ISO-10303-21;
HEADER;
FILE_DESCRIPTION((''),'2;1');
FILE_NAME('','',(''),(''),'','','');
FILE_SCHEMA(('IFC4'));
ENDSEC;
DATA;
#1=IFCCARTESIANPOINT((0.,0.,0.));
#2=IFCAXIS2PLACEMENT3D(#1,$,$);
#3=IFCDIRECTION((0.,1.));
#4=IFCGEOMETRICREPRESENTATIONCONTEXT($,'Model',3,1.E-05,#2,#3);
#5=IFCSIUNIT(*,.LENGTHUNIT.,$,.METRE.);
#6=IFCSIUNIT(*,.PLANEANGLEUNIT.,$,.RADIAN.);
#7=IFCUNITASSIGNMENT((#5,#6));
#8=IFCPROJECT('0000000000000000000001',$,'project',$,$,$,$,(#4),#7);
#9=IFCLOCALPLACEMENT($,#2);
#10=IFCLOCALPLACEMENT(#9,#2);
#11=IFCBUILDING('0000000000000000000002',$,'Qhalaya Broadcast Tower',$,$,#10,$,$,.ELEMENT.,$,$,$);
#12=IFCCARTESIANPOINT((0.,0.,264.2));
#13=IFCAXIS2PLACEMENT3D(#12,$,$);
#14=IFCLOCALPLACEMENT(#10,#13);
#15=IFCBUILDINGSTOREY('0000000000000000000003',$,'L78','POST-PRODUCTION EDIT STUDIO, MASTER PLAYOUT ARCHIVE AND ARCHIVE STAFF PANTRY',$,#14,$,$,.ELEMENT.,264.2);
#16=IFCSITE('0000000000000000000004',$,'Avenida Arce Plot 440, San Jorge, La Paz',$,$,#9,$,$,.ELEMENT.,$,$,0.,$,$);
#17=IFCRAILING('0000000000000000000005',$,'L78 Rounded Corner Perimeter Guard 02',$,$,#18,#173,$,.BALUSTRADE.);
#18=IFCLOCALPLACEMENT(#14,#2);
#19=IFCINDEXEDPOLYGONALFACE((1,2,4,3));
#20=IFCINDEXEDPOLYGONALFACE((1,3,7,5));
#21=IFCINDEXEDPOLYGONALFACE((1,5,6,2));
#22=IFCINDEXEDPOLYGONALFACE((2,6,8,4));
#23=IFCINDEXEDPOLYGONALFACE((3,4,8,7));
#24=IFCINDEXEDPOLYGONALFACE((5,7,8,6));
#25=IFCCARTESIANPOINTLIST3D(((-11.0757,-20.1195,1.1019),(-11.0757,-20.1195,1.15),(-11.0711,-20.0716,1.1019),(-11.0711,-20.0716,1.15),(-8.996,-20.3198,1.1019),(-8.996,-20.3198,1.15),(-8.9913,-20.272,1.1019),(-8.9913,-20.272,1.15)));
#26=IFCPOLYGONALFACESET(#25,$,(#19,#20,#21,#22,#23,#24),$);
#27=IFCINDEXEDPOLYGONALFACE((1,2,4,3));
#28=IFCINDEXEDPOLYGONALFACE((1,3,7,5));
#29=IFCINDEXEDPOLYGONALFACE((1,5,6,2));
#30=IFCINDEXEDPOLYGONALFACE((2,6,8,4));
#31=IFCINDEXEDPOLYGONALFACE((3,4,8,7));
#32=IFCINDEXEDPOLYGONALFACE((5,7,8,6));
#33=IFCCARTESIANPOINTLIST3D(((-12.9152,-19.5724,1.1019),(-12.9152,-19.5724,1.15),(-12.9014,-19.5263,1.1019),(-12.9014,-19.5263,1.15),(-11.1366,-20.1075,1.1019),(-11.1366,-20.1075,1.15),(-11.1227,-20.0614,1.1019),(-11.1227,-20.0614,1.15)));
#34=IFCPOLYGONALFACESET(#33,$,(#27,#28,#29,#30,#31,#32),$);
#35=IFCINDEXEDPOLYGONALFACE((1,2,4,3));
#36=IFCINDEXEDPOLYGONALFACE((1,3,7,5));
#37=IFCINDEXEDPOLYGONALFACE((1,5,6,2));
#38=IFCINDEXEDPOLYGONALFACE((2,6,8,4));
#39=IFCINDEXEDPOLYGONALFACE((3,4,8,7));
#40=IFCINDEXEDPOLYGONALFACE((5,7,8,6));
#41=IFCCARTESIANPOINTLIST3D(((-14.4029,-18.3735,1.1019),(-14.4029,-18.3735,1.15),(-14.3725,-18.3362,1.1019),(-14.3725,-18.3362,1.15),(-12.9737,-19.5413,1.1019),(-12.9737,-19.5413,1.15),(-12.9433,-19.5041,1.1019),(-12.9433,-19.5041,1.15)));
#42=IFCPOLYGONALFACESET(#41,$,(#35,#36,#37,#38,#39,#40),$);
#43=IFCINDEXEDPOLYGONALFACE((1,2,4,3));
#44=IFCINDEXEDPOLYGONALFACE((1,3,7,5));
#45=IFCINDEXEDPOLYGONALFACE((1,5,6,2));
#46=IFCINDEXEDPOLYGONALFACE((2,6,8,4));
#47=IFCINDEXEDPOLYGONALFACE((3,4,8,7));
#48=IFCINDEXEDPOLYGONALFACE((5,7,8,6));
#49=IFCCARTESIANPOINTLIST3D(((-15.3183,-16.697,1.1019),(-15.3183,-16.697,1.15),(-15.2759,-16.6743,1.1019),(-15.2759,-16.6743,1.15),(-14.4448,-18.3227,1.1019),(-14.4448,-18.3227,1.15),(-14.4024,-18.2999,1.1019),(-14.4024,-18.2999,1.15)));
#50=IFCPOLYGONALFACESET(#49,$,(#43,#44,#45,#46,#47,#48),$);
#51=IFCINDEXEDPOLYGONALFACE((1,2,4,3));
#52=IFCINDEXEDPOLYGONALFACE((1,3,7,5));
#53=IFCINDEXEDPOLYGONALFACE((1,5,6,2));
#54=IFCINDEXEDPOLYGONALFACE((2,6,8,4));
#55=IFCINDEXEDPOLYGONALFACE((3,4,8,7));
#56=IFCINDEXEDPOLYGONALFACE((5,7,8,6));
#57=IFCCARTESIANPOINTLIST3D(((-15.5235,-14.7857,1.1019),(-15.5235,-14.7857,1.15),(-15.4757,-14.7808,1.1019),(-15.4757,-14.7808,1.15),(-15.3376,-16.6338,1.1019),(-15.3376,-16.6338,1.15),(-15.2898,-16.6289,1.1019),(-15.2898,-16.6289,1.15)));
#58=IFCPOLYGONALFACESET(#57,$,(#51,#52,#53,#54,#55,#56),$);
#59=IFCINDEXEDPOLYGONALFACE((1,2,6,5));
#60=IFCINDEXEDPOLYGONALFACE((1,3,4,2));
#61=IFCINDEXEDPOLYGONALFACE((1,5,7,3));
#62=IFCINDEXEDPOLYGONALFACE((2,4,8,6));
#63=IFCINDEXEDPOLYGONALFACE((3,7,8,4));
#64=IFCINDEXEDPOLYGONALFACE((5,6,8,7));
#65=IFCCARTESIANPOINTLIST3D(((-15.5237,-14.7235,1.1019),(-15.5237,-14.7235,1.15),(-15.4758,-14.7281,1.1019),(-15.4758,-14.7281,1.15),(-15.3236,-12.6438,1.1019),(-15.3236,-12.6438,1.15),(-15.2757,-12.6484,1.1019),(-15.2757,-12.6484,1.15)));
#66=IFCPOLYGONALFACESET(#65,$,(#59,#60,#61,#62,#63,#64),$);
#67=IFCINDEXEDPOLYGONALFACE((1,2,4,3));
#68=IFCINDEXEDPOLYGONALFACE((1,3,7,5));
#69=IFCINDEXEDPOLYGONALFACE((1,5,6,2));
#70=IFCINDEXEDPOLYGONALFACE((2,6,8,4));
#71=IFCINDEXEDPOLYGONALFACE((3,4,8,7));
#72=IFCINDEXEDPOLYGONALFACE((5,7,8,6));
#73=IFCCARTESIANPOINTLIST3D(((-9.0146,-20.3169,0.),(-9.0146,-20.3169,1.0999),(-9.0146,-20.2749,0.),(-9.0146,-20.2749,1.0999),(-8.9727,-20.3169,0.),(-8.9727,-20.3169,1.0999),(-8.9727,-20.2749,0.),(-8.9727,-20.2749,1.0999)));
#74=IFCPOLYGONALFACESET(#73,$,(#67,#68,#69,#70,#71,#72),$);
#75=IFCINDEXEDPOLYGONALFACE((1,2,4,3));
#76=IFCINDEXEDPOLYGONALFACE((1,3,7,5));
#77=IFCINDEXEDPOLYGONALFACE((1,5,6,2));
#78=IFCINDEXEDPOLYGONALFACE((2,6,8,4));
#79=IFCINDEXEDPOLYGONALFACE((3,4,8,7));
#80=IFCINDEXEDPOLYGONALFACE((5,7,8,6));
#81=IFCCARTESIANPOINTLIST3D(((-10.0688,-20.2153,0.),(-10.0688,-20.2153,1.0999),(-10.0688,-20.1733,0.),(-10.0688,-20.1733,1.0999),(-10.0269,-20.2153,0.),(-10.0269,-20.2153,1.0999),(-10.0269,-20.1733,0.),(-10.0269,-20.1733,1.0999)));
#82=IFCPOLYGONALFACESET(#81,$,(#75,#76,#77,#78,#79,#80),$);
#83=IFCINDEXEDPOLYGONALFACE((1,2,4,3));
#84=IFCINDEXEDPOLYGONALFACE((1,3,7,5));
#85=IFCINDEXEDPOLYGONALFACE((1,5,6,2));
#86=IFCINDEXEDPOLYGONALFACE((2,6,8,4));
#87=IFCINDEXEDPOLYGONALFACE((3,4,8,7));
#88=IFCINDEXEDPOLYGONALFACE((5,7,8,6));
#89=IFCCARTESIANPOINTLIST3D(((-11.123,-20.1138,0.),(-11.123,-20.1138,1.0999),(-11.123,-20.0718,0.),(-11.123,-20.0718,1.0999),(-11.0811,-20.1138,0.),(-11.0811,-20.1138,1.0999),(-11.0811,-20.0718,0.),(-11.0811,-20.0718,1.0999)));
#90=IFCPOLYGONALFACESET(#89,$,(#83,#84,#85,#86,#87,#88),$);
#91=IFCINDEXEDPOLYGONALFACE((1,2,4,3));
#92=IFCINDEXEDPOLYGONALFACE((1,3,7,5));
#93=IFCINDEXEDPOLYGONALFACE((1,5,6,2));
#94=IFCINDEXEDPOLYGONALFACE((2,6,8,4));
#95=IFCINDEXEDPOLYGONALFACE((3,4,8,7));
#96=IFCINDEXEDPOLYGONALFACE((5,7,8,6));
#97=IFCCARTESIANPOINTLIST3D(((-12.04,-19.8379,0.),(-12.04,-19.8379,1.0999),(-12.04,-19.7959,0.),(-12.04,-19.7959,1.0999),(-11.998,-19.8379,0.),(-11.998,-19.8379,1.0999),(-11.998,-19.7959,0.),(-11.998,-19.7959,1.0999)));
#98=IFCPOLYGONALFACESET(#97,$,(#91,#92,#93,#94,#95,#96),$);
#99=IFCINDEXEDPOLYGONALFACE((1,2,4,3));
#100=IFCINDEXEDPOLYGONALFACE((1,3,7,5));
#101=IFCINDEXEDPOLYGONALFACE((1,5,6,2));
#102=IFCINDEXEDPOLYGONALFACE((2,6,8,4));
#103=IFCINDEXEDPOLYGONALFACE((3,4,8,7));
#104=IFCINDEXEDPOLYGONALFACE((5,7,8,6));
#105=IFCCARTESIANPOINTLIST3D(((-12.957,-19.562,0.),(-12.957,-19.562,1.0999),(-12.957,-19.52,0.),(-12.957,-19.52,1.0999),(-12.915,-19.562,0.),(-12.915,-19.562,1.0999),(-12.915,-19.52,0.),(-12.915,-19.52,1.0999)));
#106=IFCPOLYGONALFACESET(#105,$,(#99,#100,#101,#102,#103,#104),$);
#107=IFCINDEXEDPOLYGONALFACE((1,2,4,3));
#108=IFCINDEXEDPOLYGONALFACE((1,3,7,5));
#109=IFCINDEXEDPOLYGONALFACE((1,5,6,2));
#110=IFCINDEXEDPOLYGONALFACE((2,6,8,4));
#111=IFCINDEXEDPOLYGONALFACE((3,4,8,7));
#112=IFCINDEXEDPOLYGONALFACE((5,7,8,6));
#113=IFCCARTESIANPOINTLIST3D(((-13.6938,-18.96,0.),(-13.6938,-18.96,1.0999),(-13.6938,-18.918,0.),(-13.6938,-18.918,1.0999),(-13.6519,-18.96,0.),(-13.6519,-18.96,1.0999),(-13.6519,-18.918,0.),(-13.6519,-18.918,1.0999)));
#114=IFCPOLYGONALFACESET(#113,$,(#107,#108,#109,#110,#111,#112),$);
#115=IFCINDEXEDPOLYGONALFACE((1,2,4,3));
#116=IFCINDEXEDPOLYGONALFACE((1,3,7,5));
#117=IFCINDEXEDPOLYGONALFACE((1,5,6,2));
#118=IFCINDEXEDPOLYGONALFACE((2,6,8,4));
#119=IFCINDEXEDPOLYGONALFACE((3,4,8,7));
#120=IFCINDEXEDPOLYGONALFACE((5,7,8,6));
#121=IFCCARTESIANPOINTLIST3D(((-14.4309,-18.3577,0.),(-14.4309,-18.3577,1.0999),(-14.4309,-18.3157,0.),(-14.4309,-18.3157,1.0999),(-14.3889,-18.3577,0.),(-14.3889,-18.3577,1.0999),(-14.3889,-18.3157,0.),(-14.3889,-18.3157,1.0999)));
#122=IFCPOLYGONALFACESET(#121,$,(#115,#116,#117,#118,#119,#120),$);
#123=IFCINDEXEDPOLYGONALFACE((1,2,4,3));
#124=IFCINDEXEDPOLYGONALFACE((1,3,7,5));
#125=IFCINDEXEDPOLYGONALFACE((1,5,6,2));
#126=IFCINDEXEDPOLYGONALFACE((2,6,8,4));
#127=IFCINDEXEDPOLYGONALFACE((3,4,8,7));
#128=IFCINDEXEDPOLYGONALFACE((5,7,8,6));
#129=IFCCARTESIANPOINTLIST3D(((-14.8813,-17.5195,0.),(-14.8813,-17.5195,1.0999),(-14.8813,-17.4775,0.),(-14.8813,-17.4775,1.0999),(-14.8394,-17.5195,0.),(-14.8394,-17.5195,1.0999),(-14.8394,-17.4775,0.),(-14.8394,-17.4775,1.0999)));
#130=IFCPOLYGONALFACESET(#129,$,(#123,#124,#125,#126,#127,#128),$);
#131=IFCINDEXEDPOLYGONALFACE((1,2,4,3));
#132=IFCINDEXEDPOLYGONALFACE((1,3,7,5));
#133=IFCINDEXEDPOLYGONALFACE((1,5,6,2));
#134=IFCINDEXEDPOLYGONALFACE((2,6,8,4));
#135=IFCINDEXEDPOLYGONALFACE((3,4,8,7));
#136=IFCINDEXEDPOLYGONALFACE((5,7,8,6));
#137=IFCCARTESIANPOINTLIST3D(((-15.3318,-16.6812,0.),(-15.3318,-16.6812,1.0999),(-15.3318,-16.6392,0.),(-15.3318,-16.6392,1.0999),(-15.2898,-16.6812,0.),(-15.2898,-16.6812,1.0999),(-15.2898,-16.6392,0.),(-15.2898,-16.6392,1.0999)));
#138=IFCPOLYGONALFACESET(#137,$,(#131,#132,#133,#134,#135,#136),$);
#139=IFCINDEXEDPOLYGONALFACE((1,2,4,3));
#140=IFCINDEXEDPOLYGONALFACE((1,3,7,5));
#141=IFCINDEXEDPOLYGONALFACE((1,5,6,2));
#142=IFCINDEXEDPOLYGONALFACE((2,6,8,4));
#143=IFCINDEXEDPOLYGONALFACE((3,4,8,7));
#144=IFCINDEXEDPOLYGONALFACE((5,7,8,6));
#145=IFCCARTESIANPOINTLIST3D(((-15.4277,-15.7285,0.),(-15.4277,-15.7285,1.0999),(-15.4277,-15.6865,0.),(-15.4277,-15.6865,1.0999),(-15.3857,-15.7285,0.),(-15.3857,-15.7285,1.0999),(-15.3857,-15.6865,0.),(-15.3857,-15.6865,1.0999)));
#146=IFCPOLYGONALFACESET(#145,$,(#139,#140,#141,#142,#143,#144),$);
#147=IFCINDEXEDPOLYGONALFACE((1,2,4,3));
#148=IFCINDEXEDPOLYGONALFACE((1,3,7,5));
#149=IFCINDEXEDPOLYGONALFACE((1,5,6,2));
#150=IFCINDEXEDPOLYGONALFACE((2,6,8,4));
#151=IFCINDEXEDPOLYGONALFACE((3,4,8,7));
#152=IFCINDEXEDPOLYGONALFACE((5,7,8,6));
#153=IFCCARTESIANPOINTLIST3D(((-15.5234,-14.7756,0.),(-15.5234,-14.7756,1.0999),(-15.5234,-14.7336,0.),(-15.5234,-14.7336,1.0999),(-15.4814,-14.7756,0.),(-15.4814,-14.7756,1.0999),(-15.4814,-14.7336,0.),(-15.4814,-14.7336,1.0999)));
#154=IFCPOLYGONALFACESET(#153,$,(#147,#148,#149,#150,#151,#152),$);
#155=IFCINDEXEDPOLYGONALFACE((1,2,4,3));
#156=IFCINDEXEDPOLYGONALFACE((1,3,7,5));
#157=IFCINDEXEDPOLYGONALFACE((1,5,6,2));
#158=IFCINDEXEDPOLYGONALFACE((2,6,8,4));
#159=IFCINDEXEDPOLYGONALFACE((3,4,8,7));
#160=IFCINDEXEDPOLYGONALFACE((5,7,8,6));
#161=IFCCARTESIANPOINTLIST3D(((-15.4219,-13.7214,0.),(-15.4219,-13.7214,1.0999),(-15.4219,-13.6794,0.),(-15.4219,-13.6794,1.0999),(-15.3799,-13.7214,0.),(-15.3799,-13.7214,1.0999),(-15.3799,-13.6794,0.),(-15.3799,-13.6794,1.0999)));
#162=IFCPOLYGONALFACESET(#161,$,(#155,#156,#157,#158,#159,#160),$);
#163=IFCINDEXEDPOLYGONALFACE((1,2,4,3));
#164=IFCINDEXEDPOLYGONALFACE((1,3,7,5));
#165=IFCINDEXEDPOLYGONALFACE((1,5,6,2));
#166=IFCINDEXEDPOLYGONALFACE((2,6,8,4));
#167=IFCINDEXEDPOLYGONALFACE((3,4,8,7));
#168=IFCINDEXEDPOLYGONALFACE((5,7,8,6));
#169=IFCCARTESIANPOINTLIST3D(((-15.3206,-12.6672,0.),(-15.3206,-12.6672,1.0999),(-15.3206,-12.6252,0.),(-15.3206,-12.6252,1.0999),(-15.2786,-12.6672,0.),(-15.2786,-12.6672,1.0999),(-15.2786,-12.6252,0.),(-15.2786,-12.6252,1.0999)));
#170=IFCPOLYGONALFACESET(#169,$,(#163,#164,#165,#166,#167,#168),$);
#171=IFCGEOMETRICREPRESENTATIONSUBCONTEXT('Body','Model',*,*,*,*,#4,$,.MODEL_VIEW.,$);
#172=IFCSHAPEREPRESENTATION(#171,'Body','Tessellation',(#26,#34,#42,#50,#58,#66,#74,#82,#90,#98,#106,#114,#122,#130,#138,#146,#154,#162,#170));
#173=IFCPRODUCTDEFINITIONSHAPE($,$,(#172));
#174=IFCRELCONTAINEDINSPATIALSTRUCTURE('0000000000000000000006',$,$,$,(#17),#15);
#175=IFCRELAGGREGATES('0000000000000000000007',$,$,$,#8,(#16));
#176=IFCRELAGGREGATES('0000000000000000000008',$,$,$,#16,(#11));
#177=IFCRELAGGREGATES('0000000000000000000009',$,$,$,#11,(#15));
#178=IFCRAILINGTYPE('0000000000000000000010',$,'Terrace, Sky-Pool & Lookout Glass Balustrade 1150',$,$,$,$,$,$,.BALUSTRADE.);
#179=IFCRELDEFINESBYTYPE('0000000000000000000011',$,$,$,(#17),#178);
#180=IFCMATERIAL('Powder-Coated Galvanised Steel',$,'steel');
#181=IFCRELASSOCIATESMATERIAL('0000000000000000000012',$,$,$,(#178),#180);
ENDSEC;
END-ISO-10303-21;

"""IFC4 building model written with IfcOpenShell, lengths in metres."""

from ifc_helpers import new_model, si_unit, direction, frame, origin, origin_2d, place, context, subcontext, project, spatial, rectangle, extrude, material, type_object, element, save


model = new_model("IFC4")

# Units and contexts
model_context = context("Model", 3, precision=1e-05, world=origin(), true_north=direction((0.0, 1.0)))
body_context = subcontext(model_context, "Body", "Model", "MODEL_VIEW")
ifc_project = project(units=[si_unit("LENGTHUNIT", "METRE"), si_unit("PLANEANGLEUNIT", "RADIAN")], contexts=[model_context])

# Site, building, storey
site_placement = place(None, origin())
site = spatial("IfcSite", under=ifc_project, at=site_placement, Name="Avenida Arce Plot 440, San Jorge, La Paz", CompositionType="ELEMENT", RefElevation=0.0)
building_placement = place(site_placement, origin())
building = spatial("IfcBuilding", under=site, at=building_placement, Name="Qhalaya Broadcast Tower", CompositionType="ELEMENT")
storey_placement = place(building_placement, frame((0.0, 0.0, 264.2)))
storey = spatial("IfcBuildingStorey", under=building, at=storey_placement, Name="L78", Description="POST-PRODUCTION EDIT STUDIO, MASTER PLAYOUT ARCHIVE AND ARCHIVE STAFF PANTRY", CompositionType="ELEMENT", Elevation=264.2)

# Railing
ifc_material_1 = material(Name="Powder-Coated Galvanised Steel", Category="steel")
railing_type = type_object("IfcRailingType", Name="Terrace, Sky-Pool & Lookout Glass Balustrade 1150", PredefinedType="BALUSTRADE", material=ifc_material_1)
railing_placement = place(storey_placement, frame((-8.9937, -20.2959, 0.0)))
element("IfcRailing", 1, at=railing_placement, inside=storey, type_object=railing_type, Name="L78 Rounded Corner Perimeter Guard 02", PredefinedType="BALUSTRADE", context=body_context, shape_type="SweptSolid", body=[
    extrude(rectangle(XDim=0.0481, YDim=0.0481, at=origin_2d()), frame((0.0, 0.0, 1.126), z_axis=(-0.995391, 0.095897, 0.0), x_axis=(-0.095897, -0.995391, 0.0)), (0.0, 0.0, 1.0), 2.0894),
    extrude(rectangle(XDim=0.0481, YDim=0.0481, at=origin_2d()), frame((-2.136, 0.2114, 1.126), z_axis=(-0.957601, 0.288096, 0.0), x_axis=(-0.288096, -0.957601, 0.0)), (0.0, 0.0, 1.0), 1.8574),
    extrude(rectangle(XDim=0.0481, YDim=0.0481, at=origin_2d()), frame((-3.9648, 0.7732, 1.126), z_axis=(-0.774357, 0.632749, 0.0), x_axis=(-0.632749, -0.774357, 0.0)), (0.0, 0.0, 1.0), 1.8457),
    extrude(rectangle(XDim=0.0481, YDim=0.0481, at=origin_2d()), frame((-5.4299, 1.9846, 1.126), z_axis=(-0.473342, 0.880879, 0.0), x_axis=(-0.880879, -0.473342, 0.0)), (0.0, 0.0, 1.0), 1.8455),
    extrude(rectangle(XDim=0.0481, YDim=0.0481, at=origin_2d()), frame((-6.3201, 3.6646, 1.126), z_axis=(-0.100072, 0.99498, 0.0), x_axis=(-0.99498, -0.100072, 0.0)), (0.0, 0.0, 1.0), 1.8574),
    extrude(rectangle(XDim=0.0481, YDim=0.0481, at=origin_2d()), frame((-6.5061, 5.5701, 1.126), z_axis=(0.095783, 0.995402, 0.0), x_axis=(-0.995402, 0.095783, 0.0)), (0.0, 0.0, 1.0), 2.0894),
    extrude(rectangle(XDim=0.042, YDim=0.042, at=origin_2d()), origin(), (0.0, 0.0, 1.0), 1.0999),
    extrude(rectangle(XDim=0.042, YDim=0.042, at=origin_2d()), frame((-1.0542, 0.1016, 0.0)), (0.0, 0.0, 1.0), 1.0999),
    extrude(rectangle(XDim=0.042, YDim=0.042, at=origin_2d()), frame((-2.1084, 0.2031, 0.0)), (0.0, 0.0, 1.0), 1.0999),
    extrude(rectangle(XDim=0.042, YDim=0.042, at=origin_2d()), frame((-3.0254, 0.479, 0.0)), (0.0, 0.0, 1.0), 1.0999),
    extrude(rectangle(XDim=0.042, YDim=0.042, at=origin_2d()), frame((-3.9424, 0.7549, 0.0)), (0.0, 0.0, 1.0), 1.0999),
    extrude(rectangle(XDim=0.042, YDim=0.042, at=origin_2d()), frame((-4.6792, 1.3569, 0.0)), (0.0, 0.0, 1.0), 1.0999),
    extrude(rectangle(XDim=0.042, YDim=0.042, at=origin_2d()), frame((-5.4163, 1.9592, 0.0)), (0.0, 0.0, 1.0), 1.0999),
    extrude(rectangle(XDim=0.042, YDim=0.042, at=origin_2d()), frame((-5.8667, 2.7974, 0.0)), (0.0, 0.0, 1.0), 1.0999),
    extrude(rectangle(XDim=0.042, YDim=0.042, at=origin_2d()), frame((-6.3171, 3.6357, 0.0)), (0.0, 0.0, 1.0), 1.0999),
    extrude(rectangle(XDim=0.042, YDim=0.042, at=origin_2d()), frame((-6.4131, 4.5884, 0.0)), (0.0, 0.0, 1.0), 1.0999),
    extrude(rectangle(XDim=0.042, YDim=0.042, at=origin_2d()), frame((-6.5088, 5.5413, 0.0)), (0.0, 0.0, 1.0), 1.0999),
    extrude(rectangle(XDim=0.042, YDim=0.042, at=origin_2d()), frame((-6.4072, 6.5955, 0.0)), (0.0, 0.0, 1.0), 1.0999),
    extrude(rectangle(XDim=0.042, YDim=0.042, at=origin_2d()), frame((-6.3059, 7.6497, 0.0)), (0.0, 0.0, 1.0), 1.0999),
])

save(model, "model.ifc")
